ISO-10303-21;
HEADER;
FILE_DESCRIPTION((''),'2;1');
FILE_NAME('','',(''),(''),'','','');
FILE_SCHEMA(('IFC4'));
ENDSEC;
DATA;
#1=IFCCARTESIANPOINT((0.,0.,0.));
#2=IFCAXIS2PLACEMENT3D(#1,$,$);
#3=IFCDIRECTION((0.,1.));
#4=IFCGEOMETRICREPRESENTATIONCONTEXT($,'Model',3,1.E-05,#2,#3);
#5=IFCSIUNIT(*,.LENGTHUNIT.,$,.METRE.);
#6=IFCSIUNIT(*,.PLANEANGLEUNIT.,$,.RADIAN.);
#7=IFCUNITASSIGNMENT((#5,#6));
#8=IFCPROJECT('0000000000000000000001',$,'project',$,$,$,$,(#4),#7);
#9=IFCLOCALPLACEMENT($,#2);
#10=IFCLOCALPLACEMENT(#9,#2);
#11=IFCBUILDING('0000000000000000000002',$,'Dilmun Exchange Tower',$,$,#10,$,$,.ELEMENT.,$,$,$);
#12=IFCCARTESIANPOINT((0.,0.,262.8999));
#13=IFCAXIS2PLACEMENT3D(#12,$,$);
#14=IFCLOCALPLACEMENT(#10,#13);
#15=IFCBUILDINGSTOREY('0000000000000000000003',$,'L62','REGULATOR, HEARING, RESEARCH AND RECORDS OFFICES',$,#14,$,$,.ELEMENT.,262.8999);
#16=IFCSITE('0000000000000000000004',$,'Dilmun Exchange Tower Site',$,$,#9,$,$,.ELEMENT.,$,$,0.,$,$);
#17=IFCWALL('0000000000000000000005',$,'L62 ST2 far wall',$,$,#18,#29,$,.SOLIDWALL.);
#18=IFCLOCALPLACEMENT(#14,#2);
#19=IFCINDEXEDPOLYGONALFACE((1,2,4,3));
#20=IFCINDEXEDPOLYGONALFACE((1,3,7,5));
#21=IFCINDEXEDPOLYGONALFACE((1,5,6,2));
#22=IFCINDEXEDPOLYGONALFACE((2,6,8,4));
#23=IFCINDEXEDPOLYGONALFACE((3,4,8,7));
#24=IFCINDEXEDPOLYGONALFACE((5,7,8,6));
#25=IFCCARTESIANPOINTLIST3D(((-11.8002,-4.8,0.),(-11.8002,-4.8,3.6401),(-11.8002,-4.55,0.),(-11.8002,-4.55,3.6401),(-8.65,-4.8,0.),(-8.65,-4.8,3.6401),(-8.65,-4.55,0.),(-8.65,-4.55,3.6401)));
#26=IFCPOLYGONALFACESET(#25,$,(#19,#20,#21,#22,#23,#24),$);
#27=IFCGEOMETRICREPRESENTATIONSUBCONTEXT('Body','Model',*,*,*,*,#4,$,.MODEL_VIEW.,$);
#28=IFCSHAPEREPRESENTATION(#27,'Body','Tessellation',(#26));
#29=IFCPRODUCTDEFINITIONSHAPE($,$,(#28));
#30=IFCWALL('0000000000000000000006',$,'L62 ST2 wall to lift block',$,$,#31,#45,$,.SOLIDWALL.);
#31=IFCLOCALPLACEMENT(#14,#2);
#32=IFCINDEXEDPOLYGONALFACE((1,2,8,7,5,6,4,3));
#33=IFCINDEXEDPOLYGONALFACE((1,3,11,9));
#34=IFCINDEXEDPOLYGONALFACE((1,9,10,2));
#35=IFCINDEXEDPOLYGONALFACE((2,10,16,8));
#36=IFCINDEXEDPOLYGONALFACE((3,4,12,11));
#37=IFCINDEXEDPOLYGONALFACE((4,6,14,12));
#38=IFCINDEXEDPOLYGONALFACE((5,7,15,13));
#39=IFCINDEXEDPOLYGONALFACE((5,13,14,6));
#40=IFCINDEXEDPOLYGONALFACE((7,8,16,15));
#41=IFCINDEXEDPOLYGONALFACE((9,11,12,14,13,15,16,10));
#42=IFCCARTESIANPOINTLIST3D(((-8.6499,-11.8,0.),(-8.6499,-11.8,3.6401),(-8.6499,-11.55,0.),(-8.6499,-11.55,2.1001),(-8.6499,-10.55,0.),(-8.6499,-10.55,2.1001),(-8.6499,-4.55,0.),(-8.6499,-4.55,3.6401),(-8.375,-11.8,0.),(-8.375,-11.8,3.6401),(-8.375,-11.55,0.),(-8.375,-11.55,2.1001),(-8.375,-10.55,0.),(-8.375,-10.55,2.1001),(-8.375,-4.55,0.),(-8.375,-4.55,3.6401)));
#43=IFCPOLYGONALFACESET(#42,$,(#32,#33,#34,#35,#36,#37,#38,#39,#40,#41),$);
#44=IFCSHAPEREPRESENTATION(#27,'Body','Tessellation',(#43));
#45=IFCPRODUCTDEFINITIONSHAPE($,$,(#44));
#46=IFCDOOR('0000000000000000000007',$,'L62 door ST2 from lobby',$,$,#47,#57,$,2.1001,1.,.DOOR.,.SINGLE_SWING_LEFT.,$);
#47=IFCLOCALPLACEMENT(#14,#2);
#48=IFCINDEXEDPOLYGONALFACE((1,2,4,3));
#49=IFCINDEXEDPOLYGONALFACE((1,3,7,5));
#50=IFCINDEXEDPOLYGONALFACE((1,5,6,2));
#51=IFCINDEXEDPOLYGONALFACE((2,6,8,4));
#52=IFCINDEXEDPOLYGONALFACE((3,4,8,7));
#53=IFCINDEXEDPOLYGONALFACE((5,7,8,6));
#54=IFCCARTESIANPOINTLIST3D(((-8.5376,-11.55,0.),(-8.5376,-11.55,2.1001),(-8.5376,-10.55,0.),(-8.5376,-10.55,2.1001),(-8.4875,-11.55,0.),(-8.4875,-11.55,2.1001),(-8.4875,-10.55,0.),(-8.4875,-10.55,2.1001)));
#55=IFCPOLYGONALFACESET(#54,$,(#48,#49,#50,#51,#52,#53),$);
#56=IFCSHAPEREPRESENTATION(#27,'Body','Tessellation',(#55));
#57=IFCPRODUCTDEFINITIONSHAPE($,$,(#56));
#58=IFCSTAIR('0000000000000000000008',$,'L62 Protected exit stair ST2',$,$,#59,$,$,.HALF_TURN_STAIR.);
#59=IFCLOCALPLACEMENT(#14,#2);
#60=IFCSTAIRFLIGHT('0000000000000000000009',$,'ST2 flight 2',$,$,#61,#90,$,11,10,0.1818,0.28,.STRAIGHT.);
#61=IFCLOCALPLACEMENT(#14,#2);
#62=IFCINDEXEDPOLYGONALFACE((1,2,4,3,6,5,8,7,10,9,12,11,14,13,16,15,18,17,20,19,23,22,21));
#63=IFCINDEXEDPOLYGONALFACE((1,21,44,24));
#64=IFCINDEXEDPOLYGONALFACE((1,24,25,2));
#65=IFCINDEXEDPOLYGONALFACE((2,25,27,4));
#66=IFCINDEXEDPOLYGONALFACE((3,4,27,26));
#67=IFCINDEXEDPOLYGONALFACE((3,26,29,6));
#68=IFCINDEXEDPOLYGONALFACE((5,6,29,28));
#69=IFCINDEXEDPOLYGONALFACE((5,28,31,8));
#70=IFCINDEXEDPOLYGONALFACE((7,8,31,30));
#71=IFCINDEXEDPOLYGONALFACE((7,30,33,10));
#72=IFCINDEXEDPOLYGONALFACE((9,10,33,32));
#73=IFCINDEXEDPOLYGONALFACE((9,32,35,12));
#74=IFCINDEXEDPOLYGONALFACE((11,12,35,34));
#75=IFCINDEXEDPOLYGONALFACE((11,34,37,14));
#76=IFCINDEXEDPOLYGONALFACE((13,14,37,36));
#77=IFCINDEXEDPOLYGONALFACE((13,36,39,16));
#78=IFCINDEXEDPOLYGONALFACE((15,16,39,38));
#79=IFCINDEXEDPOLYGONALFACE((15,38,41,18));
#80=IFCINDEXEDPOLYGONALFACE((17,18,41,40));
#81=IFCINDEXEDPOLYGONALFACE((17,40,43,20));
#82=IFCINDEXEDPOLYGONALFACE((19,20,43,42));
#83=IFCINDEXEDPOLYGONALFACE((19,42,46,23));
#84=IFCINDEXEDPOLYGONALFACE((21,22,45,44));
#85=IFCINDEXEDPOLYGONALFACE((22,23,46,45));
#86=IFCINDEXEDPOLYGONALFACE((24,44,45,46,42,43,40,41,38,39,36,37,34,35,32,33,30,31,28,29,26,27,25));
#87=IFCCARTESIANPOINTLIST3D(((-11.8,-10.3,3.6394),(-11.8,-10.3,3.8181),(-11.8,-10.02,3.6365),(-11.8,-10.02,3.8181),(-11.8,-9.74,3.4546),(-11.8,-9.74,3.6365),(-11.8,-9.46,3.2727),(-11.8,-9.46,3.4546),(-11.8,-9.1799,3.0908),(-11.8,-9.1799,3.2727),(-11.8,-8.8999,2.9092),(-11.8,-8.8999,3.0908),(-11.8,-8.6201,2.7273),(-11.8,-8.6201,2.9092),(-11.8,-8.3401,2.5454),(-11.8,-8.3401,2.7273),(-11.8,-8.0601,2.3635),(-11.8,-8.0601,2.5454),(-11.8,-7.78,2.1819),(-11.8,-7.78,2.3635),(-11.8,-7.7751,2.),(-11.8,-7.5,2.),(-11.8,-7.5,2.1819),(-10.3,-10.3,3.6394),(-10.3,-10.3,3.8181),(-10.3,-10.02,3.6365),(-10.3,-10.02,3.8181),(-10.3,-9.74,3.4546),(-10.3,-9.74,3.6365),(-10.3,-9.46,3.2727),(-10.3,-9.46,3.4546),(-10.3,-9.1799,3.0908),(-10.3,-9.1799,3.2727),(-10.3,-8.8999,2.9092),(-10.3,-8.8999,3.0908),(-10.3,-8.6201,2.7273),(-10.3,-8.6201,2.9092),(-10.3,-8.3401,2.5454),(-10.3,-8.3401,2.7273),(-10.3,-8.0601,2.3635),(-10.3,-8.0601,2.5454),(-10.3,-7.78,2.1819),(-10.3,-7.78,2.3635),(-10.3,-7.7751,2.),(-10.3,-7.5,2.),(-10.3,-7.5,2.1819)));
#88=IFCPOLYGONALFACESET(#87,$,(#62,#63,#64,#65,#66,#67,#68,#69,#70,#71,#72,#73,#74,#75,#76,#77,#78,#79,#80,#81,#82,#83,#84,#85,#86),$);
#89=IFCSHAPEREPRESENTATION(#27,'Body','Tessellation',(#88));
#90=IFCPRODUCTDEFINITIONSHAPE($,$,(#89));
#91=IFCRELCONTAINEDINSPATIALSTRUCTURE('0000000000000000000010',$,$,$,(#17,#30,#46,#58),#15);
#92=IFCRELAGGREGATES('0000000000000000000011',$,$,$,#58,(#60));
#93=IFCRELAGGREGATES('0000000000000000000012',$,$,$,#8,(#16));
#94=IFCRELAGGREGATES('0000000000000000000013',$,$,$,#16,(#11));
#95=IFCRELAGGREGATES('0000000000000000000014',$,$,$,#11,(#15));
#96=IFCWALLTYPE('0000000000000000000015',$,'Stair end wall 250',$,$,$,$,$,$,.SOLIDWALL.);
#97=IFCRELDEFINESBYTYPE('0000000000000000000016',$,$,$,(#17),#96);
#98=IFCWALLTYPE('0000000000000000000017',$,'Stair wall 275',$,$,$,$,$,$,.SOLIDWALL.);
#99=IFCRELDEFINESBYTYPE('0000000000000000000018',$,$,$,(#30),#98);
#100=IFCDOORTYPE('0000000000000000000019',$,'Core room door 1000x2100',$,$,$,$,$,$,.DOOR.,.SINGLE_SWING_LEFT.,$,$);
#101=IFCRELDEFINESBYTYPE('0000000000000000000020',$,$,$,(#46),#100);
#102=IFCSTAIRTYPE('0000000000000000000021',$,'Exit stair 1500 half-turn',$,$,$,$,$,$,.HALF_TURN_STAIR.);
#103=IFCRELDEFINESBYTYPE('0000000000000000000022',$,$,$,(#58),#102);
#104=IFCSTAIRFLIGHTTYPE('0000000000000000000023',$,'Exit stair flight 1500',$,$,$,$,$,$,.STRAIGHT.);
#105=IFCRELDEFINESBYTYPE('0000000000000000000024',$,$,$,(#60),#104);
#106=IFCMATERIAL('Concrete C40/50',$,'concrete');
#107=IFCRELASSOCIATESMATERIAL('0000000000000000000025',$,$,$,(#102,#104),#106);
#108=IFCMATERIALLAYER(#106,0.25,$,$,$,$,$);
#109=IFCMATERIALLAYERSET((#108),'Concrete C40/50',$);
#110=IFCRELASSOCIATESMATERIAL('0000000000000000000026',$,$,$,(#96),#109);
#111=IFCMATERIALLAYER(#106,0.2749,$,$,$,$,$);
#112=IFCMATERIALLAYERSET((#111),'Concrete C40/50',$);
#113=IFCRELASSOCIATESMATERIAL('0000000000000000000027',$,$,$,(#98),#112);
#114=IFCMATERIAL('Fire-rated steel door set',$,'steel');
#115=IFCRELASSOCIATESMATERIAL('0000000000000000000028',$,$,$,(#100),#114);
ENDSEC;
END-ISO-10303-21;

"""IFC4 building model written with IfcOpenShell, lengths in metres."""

from ifc_helpers import new_model, si_unit, direction, frame, frame_2d, origin, place, context, subcontext, project, spatial, polyline, rectangle, outline, extrude, material, layer, layer_set, type_object, element, fill, aggregate, save


model = new_model("IFC4")

# Units and contexts
model_context = context("Model", 3, precision=1e-05, world=origin(), true_north=direction((0.0, 1.0)))
body_context = subcontext(model_context, "Body", "Model", "MODEL_VIEW")
ifc_project = project(units=[si_unit("LENGTHUNIT", "METRE"), si_unit("PLANEANGLEUNIT", "RADIAN")], contexts=[model_context])

# Site, building, storey
site_placement = place(None, origin())
site = spatial("IfcSite", under=ifc_project, at=site_placement, Name="Dilmun Exchange Tower Site", CompositionType="ELEMENT", RefElevation=0.0)
building_placement = place(site_placement, origin())
building = spatial("IfcBuilding", under=site, at=building_placement, Name="Dilmun Exchange Tower", CompositionType="ELEMENT")
storey_placement = place(building_placement, frame((0.0, 0.0, 262.8999)))
storey = spatial("IfcBuildingStorey", under=building, at=storey_placement, Name="L62", Description="REGULATOR, HEARING, RESEARCH AND RECORDS OFFICES", CompositionType="ELEMENT", Elevation=262.8999)

# Shared definitions
ifc_material_1 = material(Name="Concrete C40/50", Category="concrete")
stair_type = type_object("IfcStairType", Name="Exit stair 1500 half-turn", PredefinedType="HALF_TURN_STAIR", material=ifc_material_1)

# Shared definitions
ifc_material_2 = material(Name="Fire-rated steel door set", Category="steel")

# Wall
ifc_layer_1 = layer(ifc_material_1, 0.25)
ifc_layer_set_1 = layer_set([ifc_layer_1], Name="Concrete C40/50")
wall_type_1 = type_object("IfcWallType", Name="Stair end wall 250", PredefinedType="SOLIDWALL", material=ifc_layer_set_1)
wall_1_placement = place(storey_placement, frame((-8.6499, -4.675, 0.0), z_axis=(0.0, 0.0, 1.0), x_axis=(-1.0, 0.0, 0.0)))
element("IfcWall", 1, at=wall_1_placement, inside=storey, type_object=wall_type_1, Name="L62 ST2 far wall", PredefinedType="SOLIDWALL", context=body_context, shape_type="SweptSolid", body=[
    extrude(rectangle(XDim=3.1501, YDim=0.25, at=frame_2d((1.5752, 0.0))), origin(), (0.0, 0.0, 1.0), 3.6401),
])

# Wall, opening, door
ifc_layer_2 = layer(ifc_material_1, 0.2749)
ifc_layer_set_2 = layer_set([ifc_layer_2], Name="Concrete C40/50")
wall_type_2 = type_object("IfcWallType", Name="Stair wall 275", PredefinedType="SOLIDWALL", material=ifc_layer_set_2)
wall_2_placement = place(storey_placement, frame((-8.5125, -4.55, 0.0), z_axis=(0.0, 0.0, 1.0), x_axis=(0.0, -1.0, 0.0)))
wall_2 = element("IfcWall", 2, at=wall_2_placement, inside=storey, type_object=wall_type_2, Name="L62 ST2 wall to lift block", PredefinedType="SOLIDWALL", context=body_context, shape_type="SweptSolid", body=[
    extrude(rectangle(XDim=7.25, YDim=0.2749, at=frame_2d((3.625, 0.0))), origin(), (0.0, 0.0, 1.0), 3.6401),
])
opening_1_placement = place(wall_2_placement, frame((6.0, 0.0, 0.0)))
opening_1 = element("IfcOpeningElement", 3, at=opening_1_placement, cuts=wall_2, PredefinedType="OPENING", context=body_context, shape_type="SweptSolid", body=[
    extrude(rectangle(XDim=1.0, YDim=2.1001, at=frame_2d((0.5, 1.05))), frame((0.0, 0.1475, 0.0), z_axis=(0.0, -1.0, 0.0), x_axis=(1.0, 0.0, 0.0)), (0.0, 0.0, 1.0), 0.2949),
])
door_type_1 = type_object("IfcDoorType", Name="Core room door 1000x2100", OperationType="SINGLE_SWING_LEFT", PredefinedType="DOOR", material=ifc_material_2)
door_1_placement = place(opening_1_placement, origin())
door_1 = element("IfcDoor", 4, at=door_1_placement, inside=storey, type_object=door_type_1, Name="L62 door ST2 from lobby", OperationType="SINGLE_SWING_LEFT", OverallHeight=2.1001, OverallWidth=1.0, PredefinedType="DOOR", context=body_context, shape_type="SweptSolid", body=[
    extrude(rectangle(XDim=1.0, YDim=2.1001, at=frame_2d((0.5, 1.05))), frame((0.0, 0.0249, 0.0), z_axis=(0.0, -1.0, 0.0), x_axis=(1.0, 0.0, 0.0)), (0.0, 0.0, 1.0), 0.05),
])
fill(opening_1, door_1)

# Stair, stair flight
stair_1_placement = place(storey_placement, origin())
stair_1 = element("IfcStair", 5, at=stair_1_placement, inside=storey, type_object=stair_type, Name="L62 Protected exit stair ST2", PredefinedType="HALF_TURN_STAIR")
stair_flight_type = type_object("IfcStairFlightType", Name="Exit stair flight 1500", PredefinedType="STRAIGHT", material=ifc_material_1)
stair_flight_placement = place(storey_placement, frame((-11.05, -7.5, 2.0), z_axis=(0.0, 0.0, 1.0), x_axis=(0.0, -1.0, 0.0)))
stair_flight = element("IfcStairFlight", 6, at=stair_flight_placement, type_object=stair_flight_type, Name="ST2 flight 2", NumberOfRisers=11, NumberOfTreads=10, PredefinedType="STRAIGHT", RiserHeight=0.1818, TreadLength=0.28, context=body_context, shape_type="SweptSolid", body=[
    extrude(outline(polyline([(0.0, 0.0), (0.0, 0.1819), (0.28, 0.1819), (0.28, 0.3635), (0.5601, 0.3635), (0.5601, 0.5454), (0.8401, 0.5454), (0.8401, 0.7273), (1.1201, 0.7273), (1.1201, 0.9092), (1.3999, 0.9092), (1.3999, 1.0908), (1.6799, 1.0908), (1.6799, 1.2727), (1.96, 1.2727), (1.96, 1.4546), (2.24, 1.4546), (2.24, 1.6365), (2.52, 1.6365), (2.52, 1.8181), (2.8, 1.8181), (2.8, 2.0), (2.8, 1.6394), (0.2751, 0.0), (0.0, 0.0)])), frame((0.0, 0.75, 0.0), z_axis=(0.0, -1.0, 0.0), x_axis=(1.0, 0.0, 0.0)), (0.0, 0.0, 1.0), 1.5),
])
aggregate(stair_1, [stair_flight])

save(model, "model.ifc")
